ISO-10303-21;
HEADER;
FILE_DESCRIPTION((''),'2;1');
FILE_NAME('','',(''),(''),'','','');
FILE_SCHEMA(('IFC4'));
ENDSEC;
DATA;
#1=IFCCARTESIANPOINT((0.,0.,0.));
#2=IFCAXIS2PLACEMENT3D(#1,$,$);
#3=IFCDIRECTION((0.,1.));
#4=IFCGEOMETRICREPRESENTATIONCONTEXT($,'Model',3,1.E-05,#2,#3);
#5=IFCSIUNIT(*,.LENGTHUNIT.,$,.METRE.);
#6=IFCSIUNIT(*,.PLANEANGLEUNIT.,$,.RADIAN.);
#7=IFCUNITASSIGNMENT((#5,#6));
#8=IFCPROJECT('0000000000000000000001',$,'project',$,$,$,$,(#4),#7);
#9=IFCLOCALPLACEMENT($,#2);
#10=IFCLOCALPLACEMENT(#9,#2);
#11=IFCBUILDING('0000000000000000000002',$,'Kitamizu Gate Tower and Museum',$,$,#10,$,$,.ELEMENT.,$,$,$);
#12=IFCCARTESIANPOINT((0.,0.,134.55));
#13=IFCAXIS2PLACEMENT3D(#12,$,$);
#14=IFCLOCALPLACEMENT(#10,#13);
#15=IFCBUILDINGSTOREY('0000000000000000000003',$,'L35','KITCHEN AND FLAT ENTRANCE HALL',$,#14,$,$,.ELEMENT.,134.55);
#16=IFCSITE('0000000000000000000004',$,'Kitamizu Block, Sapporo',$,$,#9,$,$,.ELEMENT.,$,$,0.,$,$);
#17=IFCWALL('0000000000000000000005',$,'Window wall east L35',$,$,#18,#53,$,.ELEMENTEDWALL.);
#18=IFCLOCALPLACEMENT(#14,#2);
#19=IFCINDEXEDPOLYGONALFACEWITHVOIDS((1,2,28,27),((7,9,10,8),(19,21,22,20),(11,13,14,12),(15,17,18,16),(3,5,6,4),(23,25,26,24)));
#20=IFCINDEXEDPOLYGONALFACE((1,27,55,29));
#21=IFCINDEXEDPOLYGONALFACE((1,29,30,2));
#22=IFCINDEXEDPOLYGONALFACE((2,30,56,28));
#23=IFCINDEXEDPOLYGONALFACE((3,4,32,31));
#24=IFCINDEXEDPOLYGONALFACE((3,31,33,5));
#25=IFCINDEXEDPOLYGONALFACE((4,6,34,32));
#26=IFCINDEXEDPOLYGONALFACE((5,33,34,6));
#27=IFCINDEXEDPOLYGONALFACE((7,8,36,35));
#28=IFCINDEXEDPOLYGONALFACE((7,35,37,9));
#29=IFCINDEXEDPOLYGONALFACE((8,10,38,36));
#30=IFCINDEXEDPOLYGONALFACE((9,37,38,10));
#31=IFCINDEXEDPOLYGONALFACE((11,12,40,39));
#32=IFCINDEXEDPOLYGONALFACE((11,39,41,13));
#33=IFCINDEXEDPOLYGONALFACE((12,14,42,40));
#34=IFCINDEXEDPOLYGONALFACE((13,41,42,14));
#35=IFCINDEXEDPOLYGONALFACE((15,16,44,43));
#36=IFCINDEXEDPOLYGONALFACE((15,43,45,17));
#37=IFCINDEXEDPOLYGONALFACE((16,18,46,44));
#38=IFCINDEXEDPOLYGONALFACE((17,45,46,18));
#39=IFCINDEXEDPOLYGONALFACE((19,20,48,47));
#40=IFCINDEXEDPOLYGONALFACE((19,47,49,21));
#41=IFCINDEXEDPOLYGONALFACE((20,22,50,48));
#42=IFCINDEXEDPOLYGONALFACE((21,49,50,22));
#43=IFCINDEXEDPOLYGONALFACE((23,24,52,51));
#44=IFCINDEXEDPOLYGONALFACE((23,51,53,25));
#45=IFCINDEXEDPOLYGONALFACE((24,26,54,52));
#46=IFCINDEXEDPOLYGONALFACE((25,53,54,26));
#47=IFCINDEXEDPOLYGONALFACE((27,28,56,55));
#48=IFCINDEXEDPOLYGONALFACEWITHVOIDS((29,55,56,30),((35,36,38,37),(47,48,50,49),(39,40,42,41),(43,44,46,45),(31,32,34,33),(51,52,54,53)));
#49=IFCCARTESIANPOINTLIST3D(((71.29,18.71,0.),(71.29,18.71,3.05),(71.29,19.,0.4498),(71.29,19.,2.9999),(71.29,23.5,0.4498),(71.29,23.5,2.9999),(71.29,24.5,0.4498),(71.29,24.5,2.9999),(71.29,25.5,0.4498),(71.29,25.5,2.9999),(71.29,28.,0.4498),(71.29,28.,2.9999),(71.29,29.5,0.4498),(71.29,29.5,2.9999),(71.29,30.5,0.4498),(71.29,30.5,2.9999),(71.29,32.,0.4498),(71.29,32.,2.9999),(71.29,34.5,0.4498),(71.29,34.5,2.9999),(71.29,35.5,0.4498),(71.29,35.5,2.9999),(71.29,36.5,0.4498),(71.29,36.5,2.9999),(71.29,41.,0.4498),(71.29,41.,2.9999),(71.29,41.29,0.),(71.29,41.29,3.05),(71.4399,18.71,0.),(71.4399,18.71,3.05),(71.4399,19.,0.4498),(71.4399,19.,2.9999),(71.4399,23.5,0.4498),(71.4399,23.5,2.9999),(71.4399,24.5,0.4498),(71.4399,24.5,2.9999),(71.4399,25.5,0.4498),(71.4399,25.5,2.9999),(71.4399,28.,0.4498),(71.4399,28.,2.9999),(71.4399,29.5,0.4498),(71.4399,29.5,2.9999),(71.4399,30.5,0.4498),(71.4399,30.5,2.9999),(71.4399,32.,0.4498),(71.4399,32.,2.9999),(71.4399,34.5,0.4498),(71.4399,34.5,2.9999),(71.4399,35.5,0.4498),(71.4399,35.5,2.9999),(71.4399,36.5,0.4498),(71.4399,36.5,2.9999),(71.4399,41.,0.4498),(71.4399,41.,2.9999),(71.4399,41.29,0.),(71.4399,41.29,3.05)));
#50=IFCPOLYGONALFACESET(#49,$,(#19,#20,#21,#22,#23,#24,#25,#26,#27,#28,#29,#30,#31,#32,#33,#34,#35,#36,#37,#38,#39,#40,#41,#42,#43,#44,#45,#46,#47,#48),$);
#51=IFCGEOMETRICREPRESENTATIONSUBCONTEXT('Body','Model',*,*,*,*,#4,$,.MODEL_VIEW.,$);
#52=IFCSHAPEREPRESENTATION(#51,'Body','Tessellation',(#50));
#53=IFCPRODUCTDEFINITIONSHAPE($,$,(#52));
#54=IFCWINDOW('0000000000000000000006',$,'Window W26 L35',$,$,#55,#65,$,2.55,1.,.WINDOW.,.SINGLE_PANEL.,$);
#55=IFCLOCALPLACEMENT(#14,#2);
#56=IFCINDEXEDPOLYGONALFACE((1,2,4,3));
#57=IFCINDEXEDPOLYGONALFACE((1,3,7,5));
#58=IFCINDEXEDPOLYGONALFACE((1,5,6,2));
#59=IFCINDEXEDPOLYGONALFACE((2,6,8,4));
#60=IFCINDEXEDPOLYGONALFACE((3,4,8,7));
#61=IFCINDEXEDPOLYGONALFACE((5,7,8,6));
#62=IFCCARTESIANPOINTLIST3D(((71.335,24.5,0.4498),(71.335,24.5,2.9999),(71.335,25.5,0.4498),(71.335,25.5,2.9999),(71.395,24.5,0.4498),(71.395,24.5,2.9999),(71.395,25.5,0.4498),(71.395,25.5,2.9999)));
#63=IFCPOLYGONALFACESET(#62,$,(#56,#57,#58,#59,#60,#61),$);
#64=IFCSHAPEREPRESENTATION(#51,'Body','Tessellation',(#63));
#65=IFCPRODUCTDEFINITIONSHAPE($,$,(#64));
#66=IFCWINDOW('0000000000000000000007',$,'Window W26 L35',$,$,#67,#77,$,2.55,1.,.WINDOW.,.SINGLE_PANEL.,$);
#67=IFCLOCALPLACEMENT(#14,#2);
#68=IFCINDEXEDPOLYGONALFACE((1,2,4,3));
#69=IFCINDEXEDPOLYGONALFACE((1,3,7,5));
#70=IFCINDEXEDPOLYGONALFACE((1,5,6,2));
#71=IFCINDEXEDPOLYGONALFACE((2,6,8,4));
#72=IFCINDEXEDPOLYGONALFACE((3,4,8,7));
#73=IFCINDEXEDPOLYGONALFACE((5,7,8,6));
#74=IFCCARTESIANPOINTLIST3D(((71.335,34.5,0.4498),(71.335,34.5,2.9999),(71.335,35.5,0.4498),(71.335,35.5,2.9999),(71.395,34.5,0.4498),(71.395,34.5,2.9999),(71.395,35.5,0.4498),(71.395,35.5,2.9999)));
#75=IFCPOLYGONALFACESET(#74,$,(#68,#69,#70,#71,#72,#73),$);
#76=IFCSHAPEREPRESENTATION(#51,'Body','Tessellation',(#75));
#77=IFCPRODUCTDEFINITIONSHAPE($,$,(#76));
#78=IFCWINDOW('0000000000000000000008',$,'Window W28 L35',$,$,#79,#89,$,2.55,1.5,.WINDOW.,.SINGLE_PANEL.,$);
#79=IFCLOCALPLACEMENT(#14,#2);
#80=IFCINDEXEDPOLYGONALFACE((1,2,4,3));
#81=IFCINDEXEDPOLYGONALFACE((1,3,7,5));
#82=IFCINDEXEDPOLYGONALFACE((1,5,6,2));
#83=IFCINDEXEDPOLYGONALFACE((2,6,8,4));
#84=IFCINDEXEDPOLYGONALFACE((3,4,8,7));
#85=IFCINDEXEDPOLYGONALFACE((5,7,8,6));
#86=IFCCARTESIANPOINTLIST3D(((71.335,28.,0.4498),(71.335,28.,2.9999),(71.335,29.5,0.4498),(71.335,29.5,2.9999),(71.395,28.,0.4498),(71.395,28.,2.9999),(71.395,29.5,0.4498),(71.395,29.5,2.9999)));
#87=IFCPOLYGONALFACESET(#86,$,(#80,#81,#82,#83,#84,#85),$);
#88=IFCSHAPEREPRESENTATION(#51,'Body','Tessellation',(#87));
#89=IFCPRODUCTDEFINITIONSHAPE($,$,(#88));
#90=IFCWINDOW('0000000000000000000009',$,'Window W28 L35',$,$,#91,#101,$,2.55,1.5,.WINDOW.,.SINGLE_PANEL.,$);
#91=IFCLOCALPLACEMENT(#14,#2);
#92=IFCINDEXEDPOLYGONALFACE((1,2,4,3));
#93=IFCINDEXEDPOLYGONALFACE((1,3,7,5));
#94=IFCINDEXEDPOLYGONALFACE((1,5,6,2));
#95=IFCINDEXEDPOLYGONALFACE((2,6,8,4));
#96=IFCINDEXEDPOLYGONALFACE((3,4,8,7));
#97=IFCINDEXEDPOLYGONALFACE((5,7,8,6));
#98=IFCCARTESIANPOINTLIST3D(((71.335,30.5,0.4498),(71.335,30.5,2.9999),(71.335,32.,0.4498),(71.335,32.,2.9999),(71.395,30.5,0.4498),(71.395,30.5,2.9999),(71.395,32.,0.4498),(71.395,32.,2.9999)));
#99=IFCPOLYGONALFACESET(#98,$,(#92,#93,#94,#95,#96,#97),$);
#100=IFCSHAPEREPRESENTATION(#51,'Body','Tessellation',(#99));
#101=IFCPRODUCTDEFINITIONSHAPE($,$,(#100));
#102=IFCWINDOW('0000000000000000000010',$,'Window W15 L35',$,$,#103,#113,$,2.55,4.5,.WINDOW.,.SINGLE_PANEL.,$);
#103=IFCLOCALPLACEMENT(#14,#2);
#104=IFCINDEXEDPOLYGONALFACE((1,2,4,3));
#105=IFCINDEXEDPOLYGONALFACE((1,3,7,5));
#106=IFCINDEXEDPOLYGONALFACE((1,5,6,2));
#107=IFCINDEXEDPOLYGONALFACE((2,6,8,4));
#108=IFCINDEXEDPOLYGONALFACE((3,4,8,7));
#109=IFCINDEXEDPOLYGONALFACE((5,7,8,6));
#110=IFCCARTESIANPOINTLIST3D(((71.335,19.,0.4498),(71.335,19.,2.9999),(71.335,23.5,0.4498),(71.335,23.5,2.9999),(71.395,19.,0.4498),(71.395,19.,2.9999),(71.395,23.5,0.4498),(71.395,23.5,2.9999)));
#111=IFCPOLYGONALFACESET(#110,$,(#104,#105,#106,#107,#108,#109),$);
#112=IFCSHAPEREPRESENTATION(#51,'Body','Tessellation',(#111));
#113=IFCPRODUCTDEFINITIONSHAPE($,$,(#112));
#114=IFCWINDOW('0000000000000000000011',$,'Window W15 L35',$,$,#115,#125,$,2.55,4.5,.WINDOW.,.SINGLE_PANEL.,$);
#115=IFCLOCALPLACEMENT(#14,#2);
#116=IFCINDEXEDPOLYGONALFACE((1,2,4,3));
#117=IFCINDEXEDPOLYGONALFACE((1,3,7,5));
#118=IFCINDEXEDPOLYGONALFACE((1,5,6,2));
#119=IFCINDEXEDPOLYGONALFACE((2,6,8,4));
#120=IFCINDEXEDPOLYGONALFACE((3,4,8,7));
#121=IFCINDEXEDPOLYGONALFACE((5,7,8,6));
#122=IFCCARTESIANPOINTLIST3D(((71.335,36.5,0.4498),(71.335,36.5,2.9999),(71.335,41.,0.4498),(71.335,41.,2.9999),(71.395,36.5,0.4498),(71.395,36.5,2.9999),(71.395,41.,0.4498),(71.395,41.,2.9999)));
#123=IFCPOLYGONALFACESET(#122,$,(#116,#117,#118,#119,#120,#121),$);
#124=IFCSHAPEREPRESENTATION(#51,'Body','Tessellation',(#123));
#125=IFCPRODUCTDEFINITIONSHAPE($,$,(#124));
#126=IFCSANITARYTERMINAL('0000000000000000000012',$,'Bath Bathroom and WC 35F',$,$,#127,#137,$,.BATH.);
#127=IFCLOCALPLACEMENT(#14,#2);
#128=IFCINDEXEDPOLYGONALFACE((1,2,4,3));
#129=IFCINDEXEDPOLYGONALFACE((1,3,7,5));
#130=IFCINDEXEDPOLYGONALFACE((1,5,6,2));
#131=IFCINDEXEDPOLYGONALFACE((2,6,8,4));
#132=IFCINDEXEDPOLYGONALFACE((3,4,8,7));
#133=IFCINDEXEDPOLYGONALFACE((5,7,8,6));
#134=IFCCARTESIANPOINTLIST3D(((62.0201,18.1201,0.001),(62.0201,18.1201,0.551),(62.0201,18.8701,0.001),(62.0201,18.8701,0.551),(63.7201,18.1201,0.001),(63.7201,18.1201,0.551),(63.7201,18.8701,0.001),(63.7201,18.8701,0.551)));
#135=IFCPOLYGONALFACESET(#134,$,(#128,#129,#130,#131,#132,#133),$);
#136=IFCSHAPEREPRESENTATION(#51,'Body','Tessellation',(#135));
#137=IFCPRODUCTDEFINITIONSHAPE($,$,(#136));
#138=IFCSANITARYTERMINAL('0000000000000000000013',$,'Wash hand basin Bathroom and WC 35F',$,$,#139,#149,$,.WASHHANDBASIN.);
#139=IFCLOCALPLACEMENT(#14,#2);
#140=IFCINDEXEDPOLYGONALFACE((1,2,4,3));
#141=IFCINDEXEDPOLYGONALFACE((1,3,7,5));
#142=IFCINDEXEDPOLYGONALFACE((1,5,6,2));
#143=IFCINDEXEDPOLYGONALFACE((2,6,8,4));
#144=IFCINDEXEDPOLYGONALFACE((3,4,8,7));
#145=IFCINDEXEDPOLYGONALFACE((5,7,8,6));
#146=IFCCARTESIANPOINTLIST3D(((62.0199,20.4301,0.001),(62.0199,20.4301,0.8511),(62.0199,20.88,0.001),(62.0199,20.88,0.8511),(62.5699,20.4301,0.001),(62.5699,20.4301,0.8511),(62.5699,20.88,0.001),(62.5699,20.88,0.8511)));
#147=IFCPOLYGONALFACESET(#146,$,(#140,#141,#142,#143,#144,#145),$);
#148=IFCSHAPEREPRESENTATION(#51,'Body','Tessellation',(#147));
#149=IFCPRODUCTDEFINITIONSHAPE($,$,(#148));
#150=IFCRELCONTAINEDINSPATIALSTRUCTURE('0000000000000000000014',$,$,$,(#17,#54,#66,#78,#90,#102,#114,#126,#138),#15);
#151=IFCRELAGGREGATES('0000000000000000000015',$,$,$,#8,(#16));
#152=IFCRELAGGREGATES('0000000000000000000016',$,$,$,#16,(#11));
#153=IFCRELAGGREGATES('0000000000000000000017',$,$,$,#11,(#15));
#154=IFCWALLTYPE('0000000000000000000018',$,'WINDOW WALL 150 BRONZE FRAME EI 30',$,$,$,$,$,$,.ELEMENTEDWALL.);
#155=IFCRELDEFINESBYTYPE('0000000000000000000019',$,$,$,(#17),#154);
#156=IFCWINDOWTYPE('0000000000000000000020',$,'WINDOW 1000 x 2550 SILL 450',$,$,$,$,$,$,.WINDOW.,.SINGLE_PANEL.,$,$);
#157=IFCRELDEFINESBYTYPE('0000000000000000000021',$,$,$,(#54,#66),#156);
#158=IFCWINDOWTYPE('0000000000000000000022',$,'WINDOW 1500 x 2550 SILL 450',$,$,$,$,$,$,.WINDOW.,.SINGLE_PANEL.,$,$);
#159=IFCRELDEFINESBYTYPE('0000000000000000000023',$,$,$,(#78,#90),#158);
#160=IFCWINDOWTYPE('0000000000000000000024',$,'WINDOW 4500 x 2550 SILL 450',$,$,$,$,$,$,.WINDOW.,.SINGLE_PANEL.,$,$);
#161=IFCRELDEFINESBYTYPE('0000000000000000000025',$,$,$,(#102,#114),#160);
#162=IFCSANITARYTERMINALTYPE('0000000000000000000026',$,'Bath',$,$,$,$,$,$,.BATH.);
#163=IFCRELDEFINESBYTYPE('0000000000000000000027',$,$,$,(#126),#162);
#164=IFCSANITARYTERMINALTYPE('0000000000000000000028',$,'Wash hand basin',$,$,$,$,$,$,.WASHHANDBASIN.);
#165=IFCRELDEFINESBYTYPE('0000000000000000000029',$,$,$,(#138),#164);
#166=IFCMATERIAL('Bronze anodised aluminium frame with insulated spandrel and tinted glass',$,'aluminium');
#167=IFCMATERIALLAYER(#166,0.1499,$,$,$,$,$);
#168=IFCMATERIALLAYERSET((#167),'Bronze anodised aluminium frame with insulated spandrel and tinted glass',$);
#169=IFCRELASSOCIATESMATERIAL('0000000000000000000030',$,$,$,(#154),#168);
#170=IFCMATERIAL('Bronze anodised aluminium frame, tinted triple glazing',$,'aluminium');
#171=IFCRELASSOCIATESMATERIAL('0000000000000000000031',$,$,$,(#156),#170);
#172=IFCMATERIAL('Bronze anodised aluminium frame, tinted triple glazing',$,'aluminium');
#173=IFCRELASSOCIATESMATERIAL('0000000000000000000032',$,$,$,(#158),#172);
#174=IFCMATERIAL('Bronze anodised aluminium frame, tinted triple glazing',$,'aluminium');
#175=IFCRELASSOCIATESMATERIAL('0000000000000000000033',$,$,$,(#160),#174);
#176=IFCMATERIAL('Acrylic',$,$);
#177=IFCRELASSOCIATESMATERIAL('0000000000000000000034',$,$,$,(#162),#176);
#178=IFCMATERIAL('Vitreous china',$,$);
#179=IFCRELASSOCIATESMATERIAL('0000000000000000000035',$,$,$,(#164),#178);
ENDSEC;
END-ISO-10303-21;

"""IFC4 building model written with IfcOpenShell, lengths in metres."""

from ifc_helpers import new_model, si_unit, direction, frame, frame_2d, origin, origin_2d, place, context, subcontext, project, spatial, rectangle, extrude, material, layer, layer_set, type_object, element, fill, save


model = new_model("IFC4")

# Units and contexts
model_context = context("Model", 3, precision=1e-05, world=origin(), true_north=direction((0.0, 1.0)))
body_context = subcontext(model_context, "Body", "Model", "MODEL_VIEW")
ifc_project = project(units=[si_unit("LENGTHUNIT", "METRE"), si_unit("PLANEANGLEUNIT", "RADIAN")], contexts=[model_context])

# Site, building, storey
site_placement = place(None, origin())
site = spatial("IfcSite", under=ifc_project, at=site_placement, Name="Kitamizu Block, Sapporo", CompositionType="ELEMENT", RefElevation=0.0)
building_placement = place(site_placement, origin())
building = spatial("IfcBuilding", under=site, at=building_placement, Name="Kitamizu Gate Tower and Museum", CompositionType="ELEMENT")
storey_placement = place(building_placement, frame((0.0, 0.0, 134.55)))
storey = spatial("IfcBuildingStorey", under=building, at=storey_placement, Name="L35", Description="KITCHEN AND FLAT ENTRANCE HALL", CompositionType="ELEMENT", Elevation=134.55)

# Shared definitions
ifc_material_1 = material(Name="Bronze anodised aluminium frame with insulated spandrel and tinted glass", Category="aluminium")
ifc_layer_1 = layer(ifc_material_1, 0.1499)
ifc_layer_set_1 = layer_set([ifc_layer_1], Name="Bronze anodised aluminium frame with insulated spandrel and tinted glass")
wall_type_1 = type_object("IfcWallType", Name="WINDOW WALL 150 BRONZE FRAME EI 30", PredefinedType="ELEMENTEDWALL", material=ifc_layer_set_1)

# Wall, openings, windows
wall_1_placement = place(storey_placement, frame((71.365, 18.71, 0.0), z_axis=(0.0, 0.0, 1.0), x_axis=(0.0, 1.0, 0.0)))
wall_1 = element("IfcWall", 1, at=wall_1_placement, inside=storey, type_object=wall_type_1, Name="Window wall east L35", PredefinedType="ELEMENTEDWALL", context=body_context, shape_type="SweptSolid", body=[
    extrude(rectangle(XDim=22.5801, YDim=0.1499, at=frame_2d((11.29, 0.0))), origin(), (0.0, 0.0, 1.0), 3.05),
])
opening_1_placement = place(wall_1_placement, frame((0.29, 0.0, 0.45)))
opening_1 = element("IfcOpeningElement", 2, at=opening_1_placement, cuts=wall_1, PredefinedType="OPENING", context=body_context, shape_type="SweptSolid", body=[
    extrude(rectangle(XDim=4.5, YDim=2.55, at=frame_2d((2.25, 1.2749))), frame((0.0, 0.085, 0.0), z_axis=(0.0, -1.0, 0.0), x_axis=(1.0, 0.0, 0.0)), (0.0, 0.0, 1.0), 0.1699),
])
opening_2_placement = place(wall_1_placement, frame((5.79, 0.0, 0.45)))
opening_2 = element("IfcOpeningElement", 3, at=opening_2_placement, cuts=wall_1, PredefinedType="OPENING", context=body_context, shape_type="SweptSolid", body=[
    extrude(rectangle(XDim=1.0, YDim=2.55, at=frame_2d((0.5, 1.2749))), frame((0.0, 0.085, 0.0), z_axis=(0.0, -1.0, 0.0), x_axis=(1.0, 0.0, 0.0)), (0.0, 0.0, 1.0), 0.1699),
])
opening_3_placement = place(wall_1_placement, frame((9.29, 0.0, 0.45)))
opening_3 = element("IfcOpeningElement", 4, at=opening_3_placement, cuts=wall_1, PredefinedType="OPENING", context=body_context, shape_type="SweptSolid", body=[
    extrude(rectangle(XDim=1.5, YDim=2.55, at=frame_2d((0.75, 1.2749))), frame((0.0, 0.085, 0.0), z_axis=(0.0, -1.0, 0.0), x_axis=(1.0, 0.0, 0.0)), (0.0, 0.0, 1.0), 0.1699),
])
opening_4_placement = place(wall_1_placement, frame((11.79, 0.0, 0.45)))
opening_4 = element("IfcOpeningElement", 5, at=opening_4_placement, cuts=wall_1, PredefinedType="OPENING", context=body_context, shape_type="SweptSolid", body=[
    extrude(rectangle(XDim=1.5, YDim=2.55, at=frame_2d((0.75, 1.2749))), frame((0.0, 0.085, 0.0), z_axis=(0.0, -1.0, 0.0), x_axis=(1.0, 0.0, 0.0)), (0.0, 0.0, 1.0), 0.1699),
])
opening_5_placement = place(wall_1_placement, frame((15.79, 0.0, 0.45)))
opening_5 = element("IfcOpeningElement", 6, at=opening_5_placement, cuts=wall_1, PredefinedType="OPENING", context=body_context, shape_type="SweptSolid", body=[
    extrude(rectangle(XDim=1.0, YDim=2.55, at=frame_2d((0.5, 1.2749))), frame((0.0, 0.085, 0.0), z_axis=(0.0, -1.0, 0.0), x_axis=(1.0, 0.0, 0.0)), (0.0, 0.0, 1.0), 0.1699),
])
opening_6_placement = place(wall_1_placement, frame((17.79, 0.0, 0.45)))
opening_6 = element("IfcOpeningElement", 7, at=opening_6_placement, cuts=wall_1, PredefinedType="OPENING", context=body_context, shape_type="SweptSolid", body=[
    extrude(rectangle(XDim=4.5, YDim=2.55, at=frame_2d((2.25, 1.2749))), frame((0.0, 0.085, 0.0), z_axis=(0.0, -1.0, 0.0), x_axis=(1.0, 0.0, 0.0)), (0.0, 0.0, 1.0), 0.1699),
])
ifc_material_2 = material(Name="Bronze anodised aluminium frame, tinted triple glazing", Category="aluminium")
window_type_1 = type_object("IfcWindowType", Name="WINDOW 1000 x 2550 SILL 450", PartitioningType="SINGLE_PANEL", PredefinedType="WINDOW", material=ifc_material_2)
window_1_placement = place(opening_2_placement, origin())
window_1 = element("IfcWindow", 8, at=window_1_placement, inside=storey, type_object=window_type_1, Name="Window W26 L35", OverallHeight=2.55, OverallWidth=1.0, PartitioningType="SINGLE_PANEL", PredefinedType="WINDOW", context=body_context, shape_type="SweptSolid", body=[
    extrude(rectangle(XDim=1.0, YDim=2.55, at=frame_2d((0.5, 1.2749))), frame((0.0, 0.03, 0.0), z_axis=(0.0, -1.0, 0.0), x_axis=(1.0, 0.0, 0.0)), (0.0, 0.0, 1.0), 0.0601),
])
fill(opening_2, window_1)
window_2_placement = place(opening_5_placement, origin())
window_2 = element("IfcWindow", 9, at=window_2_placement, inside=storey, type_object=window_type_1, Name="Window W26 L35", OverallHeight=2.55, OverallWidth=1.0, PartitioningType="SINGLE_PANEL", PredefinedType="WINDOW", context=body_context, shape_type="SweptSolid", body=[
    extrude(rectangle(XDim=1.0, YDim=2.55, at=frame_2d((0.5, 1.2749))), frame((0.0, 0.03, 0.0), z_axis=(0.0, -1.0, 0.0), x_axis=(1.0, 0.0, 0.0)), (0.0, 0.0, 1.0), 0.0601),
])
fill(opening_5, window_2)
ifc_material_3 = material(Name="Bronze anodised aluminium frame, tinted triple glazing", Category="aluminium")
window_type_2 = type_object("IfcWindowType", Name="WINDOW 1500 x 2550 SILL 450", PartitioningType="SINGLE_PANEL", PredefinedType="WINDOW", material=ifc_material_3)
window_3_placement = place(opening_3_placement, origin())
window_3 = element("IfcWindow", 10, at=window_3_placement, inside=storey, type_object=window_type_2, Name="Window W28 L35", OverallHeight=2.55, OverallWidth=1.5, PartitioningType="SINGLE_PANEL", PredefinedType="WINDOW", context=body_context, shape_type="SweptSolid", body=[
    extrude(rectangle(XDim=1.5, YDim=2.55, at=frame_2d((0.75, 1.2749))), frame((0.0, 0.03, 0.0), z_axis=(0.0, -1.0, 0.0), x_axis=(1.0, 0.0, 0.0)), (0.0, 0.0, 1.0), 0.0601),
])
fill(opening_3, window_3)
window_4_placement = place(opening_4_placement, origin())
window_4 = element("IfcWindow", 11, at=window_4_placement, inside=storey, type_object=window_type_2, Name="Window W28 L35", OverallHeight=2.55, OverallWidth=1.5, PartitioningType="SINGLE_PANEL", PredefinedType="WINDOW", context=body_context, shape_type="SweptSolid", body=[
    extrude(rectangle(XDim=1.5, YDim=2.55, at=frame_2d((0.75, 1.2749))), frame((0.0, 0.03, 0.0), z_axis=(0.0, -1.0, 0.0), x_axis=(1.0, 0.0, 0.0)), (0.0, 0.0, 1.0), 0.0601),
])
fill(opening_4, window_4)
ifc_material_4 = material(Name="Bronze anodised aluminium frame, tinted triple glazing", Category="aluminium")
window_type_3 = type_object("IfcWindowType", Name="WINDOW 4500 x 2550 SILL 450", PartitioningType="SINGLE_PANEL", PredefinedType="WINDOW", material=ifc_material_4)
window_5_placement = place(opening_1_placement, origin())
window_5 = element("IfcWindow", 12, at=window_5_placement, inside=storey, type_object=window_type_3, Name="Window W15 L35", OverallHeight=2.55, OverallWidth=4.5, PartitioningType="SINGLE_PANEL", PredefinedType="WINDOW", context=body_context, shape_type="SweptSolid", body=[
    extrude(rectangle(XDim=4.5, YDim=2.55, at=frame_2d((2.25, 1.2749))), frame((0.0, 0.03, 0.0), z_axis=(0.0, -1.0, 0.0), x_axis=(1.0, 0.0, 0.0)), (0.0, 0.0, 1.0), 0.0601),
])
fill(opening_1, window_5)
window_6_placement = place(opening_6_placement, origin())
window_6 = element("IfcWindow", 13, at=window_6_placement, inside=storey, type_object=window_type_3, Name="Window W15 L35", OverallHeight=2.55, OverallWidth=4.5, PartitioningType="SINGLE_PANEL", PredefinedType="WINDOW", context=body_context, shape_type="SweptSolid", body=[
    extrude(rectangle(XDim=4.5, YDim=2.55, at=frame_2d((2.25, 1.2749))), frame((0.0, 0.03, 0.0), z_axis=(0.0, -1.0, 0.0), x_axis=(1.0, 0.0, 0.0)), (0.0, 0.0, 1.0), 0.0601),
])
fill(opening_6, window_6)

# Sanitary terminals
ifc_material_5 = material(Name="Acrylic")
sanitary_terminal_type_1 = type_object("IfcSanitaryTerminalType", Name="Bath", PredefinedType="BATH", material=ifc_material_5)
sanitary_terminal_1_placement = place(storey_placement, frame((62.8701, 18.4951, 0.001), z_axis=(0.0, 0.0, 1.0), x_axis=(1.0, 0.0, 0.0)))
element("IfcSanitaryTerminal", 14, at=sanitary_terminal_1_placement, inside=storey, type_object=sanitary_terminal_type_1, Name="Bath Bathroom and WC 35F", PredefinedType="BATH", context=body_context, shape_type="SweptSolid", body=[
    extrude(rectangle(XDim=1.7, YDim=0.75, at=origin_2d()), origin(), (0.0, 0.0, 1.0), 0.55),
])
ifc_material_6 = material(Name="Vitreous china")
sanitary_terminal_type_2 = type_object("IfcSanitaryTerminalType", Name="Wash hand basin", PredefinedType="WASHHANDBASIN", material=ifc_material_6)
sanitary_terminal_2_placement = place(storey_placement, frame((62.2949, 20.655, 0.001), z_axis=(0.0, 0.0, 1.0), x_axis=(1.0, 0.0, 0.0)))
element("IfcSanitaryTerminal", 15, at=sanitary_terminal_2_placement, inside=storey, type_object=sanitary_terminal_type_2, Name="Wash hand basin Bathroom and WC 35F", PredefinedType="WASHHANDBASIN", context=body_context, shape_type="SweptSolid", body=[
    extrude(rectangle(XDim=0.55, YDim=0.45, at=origin_2d()), origin(), (0.0, 0.0, 1.0), 0.8501),
])

save(model, "model.ifc")
